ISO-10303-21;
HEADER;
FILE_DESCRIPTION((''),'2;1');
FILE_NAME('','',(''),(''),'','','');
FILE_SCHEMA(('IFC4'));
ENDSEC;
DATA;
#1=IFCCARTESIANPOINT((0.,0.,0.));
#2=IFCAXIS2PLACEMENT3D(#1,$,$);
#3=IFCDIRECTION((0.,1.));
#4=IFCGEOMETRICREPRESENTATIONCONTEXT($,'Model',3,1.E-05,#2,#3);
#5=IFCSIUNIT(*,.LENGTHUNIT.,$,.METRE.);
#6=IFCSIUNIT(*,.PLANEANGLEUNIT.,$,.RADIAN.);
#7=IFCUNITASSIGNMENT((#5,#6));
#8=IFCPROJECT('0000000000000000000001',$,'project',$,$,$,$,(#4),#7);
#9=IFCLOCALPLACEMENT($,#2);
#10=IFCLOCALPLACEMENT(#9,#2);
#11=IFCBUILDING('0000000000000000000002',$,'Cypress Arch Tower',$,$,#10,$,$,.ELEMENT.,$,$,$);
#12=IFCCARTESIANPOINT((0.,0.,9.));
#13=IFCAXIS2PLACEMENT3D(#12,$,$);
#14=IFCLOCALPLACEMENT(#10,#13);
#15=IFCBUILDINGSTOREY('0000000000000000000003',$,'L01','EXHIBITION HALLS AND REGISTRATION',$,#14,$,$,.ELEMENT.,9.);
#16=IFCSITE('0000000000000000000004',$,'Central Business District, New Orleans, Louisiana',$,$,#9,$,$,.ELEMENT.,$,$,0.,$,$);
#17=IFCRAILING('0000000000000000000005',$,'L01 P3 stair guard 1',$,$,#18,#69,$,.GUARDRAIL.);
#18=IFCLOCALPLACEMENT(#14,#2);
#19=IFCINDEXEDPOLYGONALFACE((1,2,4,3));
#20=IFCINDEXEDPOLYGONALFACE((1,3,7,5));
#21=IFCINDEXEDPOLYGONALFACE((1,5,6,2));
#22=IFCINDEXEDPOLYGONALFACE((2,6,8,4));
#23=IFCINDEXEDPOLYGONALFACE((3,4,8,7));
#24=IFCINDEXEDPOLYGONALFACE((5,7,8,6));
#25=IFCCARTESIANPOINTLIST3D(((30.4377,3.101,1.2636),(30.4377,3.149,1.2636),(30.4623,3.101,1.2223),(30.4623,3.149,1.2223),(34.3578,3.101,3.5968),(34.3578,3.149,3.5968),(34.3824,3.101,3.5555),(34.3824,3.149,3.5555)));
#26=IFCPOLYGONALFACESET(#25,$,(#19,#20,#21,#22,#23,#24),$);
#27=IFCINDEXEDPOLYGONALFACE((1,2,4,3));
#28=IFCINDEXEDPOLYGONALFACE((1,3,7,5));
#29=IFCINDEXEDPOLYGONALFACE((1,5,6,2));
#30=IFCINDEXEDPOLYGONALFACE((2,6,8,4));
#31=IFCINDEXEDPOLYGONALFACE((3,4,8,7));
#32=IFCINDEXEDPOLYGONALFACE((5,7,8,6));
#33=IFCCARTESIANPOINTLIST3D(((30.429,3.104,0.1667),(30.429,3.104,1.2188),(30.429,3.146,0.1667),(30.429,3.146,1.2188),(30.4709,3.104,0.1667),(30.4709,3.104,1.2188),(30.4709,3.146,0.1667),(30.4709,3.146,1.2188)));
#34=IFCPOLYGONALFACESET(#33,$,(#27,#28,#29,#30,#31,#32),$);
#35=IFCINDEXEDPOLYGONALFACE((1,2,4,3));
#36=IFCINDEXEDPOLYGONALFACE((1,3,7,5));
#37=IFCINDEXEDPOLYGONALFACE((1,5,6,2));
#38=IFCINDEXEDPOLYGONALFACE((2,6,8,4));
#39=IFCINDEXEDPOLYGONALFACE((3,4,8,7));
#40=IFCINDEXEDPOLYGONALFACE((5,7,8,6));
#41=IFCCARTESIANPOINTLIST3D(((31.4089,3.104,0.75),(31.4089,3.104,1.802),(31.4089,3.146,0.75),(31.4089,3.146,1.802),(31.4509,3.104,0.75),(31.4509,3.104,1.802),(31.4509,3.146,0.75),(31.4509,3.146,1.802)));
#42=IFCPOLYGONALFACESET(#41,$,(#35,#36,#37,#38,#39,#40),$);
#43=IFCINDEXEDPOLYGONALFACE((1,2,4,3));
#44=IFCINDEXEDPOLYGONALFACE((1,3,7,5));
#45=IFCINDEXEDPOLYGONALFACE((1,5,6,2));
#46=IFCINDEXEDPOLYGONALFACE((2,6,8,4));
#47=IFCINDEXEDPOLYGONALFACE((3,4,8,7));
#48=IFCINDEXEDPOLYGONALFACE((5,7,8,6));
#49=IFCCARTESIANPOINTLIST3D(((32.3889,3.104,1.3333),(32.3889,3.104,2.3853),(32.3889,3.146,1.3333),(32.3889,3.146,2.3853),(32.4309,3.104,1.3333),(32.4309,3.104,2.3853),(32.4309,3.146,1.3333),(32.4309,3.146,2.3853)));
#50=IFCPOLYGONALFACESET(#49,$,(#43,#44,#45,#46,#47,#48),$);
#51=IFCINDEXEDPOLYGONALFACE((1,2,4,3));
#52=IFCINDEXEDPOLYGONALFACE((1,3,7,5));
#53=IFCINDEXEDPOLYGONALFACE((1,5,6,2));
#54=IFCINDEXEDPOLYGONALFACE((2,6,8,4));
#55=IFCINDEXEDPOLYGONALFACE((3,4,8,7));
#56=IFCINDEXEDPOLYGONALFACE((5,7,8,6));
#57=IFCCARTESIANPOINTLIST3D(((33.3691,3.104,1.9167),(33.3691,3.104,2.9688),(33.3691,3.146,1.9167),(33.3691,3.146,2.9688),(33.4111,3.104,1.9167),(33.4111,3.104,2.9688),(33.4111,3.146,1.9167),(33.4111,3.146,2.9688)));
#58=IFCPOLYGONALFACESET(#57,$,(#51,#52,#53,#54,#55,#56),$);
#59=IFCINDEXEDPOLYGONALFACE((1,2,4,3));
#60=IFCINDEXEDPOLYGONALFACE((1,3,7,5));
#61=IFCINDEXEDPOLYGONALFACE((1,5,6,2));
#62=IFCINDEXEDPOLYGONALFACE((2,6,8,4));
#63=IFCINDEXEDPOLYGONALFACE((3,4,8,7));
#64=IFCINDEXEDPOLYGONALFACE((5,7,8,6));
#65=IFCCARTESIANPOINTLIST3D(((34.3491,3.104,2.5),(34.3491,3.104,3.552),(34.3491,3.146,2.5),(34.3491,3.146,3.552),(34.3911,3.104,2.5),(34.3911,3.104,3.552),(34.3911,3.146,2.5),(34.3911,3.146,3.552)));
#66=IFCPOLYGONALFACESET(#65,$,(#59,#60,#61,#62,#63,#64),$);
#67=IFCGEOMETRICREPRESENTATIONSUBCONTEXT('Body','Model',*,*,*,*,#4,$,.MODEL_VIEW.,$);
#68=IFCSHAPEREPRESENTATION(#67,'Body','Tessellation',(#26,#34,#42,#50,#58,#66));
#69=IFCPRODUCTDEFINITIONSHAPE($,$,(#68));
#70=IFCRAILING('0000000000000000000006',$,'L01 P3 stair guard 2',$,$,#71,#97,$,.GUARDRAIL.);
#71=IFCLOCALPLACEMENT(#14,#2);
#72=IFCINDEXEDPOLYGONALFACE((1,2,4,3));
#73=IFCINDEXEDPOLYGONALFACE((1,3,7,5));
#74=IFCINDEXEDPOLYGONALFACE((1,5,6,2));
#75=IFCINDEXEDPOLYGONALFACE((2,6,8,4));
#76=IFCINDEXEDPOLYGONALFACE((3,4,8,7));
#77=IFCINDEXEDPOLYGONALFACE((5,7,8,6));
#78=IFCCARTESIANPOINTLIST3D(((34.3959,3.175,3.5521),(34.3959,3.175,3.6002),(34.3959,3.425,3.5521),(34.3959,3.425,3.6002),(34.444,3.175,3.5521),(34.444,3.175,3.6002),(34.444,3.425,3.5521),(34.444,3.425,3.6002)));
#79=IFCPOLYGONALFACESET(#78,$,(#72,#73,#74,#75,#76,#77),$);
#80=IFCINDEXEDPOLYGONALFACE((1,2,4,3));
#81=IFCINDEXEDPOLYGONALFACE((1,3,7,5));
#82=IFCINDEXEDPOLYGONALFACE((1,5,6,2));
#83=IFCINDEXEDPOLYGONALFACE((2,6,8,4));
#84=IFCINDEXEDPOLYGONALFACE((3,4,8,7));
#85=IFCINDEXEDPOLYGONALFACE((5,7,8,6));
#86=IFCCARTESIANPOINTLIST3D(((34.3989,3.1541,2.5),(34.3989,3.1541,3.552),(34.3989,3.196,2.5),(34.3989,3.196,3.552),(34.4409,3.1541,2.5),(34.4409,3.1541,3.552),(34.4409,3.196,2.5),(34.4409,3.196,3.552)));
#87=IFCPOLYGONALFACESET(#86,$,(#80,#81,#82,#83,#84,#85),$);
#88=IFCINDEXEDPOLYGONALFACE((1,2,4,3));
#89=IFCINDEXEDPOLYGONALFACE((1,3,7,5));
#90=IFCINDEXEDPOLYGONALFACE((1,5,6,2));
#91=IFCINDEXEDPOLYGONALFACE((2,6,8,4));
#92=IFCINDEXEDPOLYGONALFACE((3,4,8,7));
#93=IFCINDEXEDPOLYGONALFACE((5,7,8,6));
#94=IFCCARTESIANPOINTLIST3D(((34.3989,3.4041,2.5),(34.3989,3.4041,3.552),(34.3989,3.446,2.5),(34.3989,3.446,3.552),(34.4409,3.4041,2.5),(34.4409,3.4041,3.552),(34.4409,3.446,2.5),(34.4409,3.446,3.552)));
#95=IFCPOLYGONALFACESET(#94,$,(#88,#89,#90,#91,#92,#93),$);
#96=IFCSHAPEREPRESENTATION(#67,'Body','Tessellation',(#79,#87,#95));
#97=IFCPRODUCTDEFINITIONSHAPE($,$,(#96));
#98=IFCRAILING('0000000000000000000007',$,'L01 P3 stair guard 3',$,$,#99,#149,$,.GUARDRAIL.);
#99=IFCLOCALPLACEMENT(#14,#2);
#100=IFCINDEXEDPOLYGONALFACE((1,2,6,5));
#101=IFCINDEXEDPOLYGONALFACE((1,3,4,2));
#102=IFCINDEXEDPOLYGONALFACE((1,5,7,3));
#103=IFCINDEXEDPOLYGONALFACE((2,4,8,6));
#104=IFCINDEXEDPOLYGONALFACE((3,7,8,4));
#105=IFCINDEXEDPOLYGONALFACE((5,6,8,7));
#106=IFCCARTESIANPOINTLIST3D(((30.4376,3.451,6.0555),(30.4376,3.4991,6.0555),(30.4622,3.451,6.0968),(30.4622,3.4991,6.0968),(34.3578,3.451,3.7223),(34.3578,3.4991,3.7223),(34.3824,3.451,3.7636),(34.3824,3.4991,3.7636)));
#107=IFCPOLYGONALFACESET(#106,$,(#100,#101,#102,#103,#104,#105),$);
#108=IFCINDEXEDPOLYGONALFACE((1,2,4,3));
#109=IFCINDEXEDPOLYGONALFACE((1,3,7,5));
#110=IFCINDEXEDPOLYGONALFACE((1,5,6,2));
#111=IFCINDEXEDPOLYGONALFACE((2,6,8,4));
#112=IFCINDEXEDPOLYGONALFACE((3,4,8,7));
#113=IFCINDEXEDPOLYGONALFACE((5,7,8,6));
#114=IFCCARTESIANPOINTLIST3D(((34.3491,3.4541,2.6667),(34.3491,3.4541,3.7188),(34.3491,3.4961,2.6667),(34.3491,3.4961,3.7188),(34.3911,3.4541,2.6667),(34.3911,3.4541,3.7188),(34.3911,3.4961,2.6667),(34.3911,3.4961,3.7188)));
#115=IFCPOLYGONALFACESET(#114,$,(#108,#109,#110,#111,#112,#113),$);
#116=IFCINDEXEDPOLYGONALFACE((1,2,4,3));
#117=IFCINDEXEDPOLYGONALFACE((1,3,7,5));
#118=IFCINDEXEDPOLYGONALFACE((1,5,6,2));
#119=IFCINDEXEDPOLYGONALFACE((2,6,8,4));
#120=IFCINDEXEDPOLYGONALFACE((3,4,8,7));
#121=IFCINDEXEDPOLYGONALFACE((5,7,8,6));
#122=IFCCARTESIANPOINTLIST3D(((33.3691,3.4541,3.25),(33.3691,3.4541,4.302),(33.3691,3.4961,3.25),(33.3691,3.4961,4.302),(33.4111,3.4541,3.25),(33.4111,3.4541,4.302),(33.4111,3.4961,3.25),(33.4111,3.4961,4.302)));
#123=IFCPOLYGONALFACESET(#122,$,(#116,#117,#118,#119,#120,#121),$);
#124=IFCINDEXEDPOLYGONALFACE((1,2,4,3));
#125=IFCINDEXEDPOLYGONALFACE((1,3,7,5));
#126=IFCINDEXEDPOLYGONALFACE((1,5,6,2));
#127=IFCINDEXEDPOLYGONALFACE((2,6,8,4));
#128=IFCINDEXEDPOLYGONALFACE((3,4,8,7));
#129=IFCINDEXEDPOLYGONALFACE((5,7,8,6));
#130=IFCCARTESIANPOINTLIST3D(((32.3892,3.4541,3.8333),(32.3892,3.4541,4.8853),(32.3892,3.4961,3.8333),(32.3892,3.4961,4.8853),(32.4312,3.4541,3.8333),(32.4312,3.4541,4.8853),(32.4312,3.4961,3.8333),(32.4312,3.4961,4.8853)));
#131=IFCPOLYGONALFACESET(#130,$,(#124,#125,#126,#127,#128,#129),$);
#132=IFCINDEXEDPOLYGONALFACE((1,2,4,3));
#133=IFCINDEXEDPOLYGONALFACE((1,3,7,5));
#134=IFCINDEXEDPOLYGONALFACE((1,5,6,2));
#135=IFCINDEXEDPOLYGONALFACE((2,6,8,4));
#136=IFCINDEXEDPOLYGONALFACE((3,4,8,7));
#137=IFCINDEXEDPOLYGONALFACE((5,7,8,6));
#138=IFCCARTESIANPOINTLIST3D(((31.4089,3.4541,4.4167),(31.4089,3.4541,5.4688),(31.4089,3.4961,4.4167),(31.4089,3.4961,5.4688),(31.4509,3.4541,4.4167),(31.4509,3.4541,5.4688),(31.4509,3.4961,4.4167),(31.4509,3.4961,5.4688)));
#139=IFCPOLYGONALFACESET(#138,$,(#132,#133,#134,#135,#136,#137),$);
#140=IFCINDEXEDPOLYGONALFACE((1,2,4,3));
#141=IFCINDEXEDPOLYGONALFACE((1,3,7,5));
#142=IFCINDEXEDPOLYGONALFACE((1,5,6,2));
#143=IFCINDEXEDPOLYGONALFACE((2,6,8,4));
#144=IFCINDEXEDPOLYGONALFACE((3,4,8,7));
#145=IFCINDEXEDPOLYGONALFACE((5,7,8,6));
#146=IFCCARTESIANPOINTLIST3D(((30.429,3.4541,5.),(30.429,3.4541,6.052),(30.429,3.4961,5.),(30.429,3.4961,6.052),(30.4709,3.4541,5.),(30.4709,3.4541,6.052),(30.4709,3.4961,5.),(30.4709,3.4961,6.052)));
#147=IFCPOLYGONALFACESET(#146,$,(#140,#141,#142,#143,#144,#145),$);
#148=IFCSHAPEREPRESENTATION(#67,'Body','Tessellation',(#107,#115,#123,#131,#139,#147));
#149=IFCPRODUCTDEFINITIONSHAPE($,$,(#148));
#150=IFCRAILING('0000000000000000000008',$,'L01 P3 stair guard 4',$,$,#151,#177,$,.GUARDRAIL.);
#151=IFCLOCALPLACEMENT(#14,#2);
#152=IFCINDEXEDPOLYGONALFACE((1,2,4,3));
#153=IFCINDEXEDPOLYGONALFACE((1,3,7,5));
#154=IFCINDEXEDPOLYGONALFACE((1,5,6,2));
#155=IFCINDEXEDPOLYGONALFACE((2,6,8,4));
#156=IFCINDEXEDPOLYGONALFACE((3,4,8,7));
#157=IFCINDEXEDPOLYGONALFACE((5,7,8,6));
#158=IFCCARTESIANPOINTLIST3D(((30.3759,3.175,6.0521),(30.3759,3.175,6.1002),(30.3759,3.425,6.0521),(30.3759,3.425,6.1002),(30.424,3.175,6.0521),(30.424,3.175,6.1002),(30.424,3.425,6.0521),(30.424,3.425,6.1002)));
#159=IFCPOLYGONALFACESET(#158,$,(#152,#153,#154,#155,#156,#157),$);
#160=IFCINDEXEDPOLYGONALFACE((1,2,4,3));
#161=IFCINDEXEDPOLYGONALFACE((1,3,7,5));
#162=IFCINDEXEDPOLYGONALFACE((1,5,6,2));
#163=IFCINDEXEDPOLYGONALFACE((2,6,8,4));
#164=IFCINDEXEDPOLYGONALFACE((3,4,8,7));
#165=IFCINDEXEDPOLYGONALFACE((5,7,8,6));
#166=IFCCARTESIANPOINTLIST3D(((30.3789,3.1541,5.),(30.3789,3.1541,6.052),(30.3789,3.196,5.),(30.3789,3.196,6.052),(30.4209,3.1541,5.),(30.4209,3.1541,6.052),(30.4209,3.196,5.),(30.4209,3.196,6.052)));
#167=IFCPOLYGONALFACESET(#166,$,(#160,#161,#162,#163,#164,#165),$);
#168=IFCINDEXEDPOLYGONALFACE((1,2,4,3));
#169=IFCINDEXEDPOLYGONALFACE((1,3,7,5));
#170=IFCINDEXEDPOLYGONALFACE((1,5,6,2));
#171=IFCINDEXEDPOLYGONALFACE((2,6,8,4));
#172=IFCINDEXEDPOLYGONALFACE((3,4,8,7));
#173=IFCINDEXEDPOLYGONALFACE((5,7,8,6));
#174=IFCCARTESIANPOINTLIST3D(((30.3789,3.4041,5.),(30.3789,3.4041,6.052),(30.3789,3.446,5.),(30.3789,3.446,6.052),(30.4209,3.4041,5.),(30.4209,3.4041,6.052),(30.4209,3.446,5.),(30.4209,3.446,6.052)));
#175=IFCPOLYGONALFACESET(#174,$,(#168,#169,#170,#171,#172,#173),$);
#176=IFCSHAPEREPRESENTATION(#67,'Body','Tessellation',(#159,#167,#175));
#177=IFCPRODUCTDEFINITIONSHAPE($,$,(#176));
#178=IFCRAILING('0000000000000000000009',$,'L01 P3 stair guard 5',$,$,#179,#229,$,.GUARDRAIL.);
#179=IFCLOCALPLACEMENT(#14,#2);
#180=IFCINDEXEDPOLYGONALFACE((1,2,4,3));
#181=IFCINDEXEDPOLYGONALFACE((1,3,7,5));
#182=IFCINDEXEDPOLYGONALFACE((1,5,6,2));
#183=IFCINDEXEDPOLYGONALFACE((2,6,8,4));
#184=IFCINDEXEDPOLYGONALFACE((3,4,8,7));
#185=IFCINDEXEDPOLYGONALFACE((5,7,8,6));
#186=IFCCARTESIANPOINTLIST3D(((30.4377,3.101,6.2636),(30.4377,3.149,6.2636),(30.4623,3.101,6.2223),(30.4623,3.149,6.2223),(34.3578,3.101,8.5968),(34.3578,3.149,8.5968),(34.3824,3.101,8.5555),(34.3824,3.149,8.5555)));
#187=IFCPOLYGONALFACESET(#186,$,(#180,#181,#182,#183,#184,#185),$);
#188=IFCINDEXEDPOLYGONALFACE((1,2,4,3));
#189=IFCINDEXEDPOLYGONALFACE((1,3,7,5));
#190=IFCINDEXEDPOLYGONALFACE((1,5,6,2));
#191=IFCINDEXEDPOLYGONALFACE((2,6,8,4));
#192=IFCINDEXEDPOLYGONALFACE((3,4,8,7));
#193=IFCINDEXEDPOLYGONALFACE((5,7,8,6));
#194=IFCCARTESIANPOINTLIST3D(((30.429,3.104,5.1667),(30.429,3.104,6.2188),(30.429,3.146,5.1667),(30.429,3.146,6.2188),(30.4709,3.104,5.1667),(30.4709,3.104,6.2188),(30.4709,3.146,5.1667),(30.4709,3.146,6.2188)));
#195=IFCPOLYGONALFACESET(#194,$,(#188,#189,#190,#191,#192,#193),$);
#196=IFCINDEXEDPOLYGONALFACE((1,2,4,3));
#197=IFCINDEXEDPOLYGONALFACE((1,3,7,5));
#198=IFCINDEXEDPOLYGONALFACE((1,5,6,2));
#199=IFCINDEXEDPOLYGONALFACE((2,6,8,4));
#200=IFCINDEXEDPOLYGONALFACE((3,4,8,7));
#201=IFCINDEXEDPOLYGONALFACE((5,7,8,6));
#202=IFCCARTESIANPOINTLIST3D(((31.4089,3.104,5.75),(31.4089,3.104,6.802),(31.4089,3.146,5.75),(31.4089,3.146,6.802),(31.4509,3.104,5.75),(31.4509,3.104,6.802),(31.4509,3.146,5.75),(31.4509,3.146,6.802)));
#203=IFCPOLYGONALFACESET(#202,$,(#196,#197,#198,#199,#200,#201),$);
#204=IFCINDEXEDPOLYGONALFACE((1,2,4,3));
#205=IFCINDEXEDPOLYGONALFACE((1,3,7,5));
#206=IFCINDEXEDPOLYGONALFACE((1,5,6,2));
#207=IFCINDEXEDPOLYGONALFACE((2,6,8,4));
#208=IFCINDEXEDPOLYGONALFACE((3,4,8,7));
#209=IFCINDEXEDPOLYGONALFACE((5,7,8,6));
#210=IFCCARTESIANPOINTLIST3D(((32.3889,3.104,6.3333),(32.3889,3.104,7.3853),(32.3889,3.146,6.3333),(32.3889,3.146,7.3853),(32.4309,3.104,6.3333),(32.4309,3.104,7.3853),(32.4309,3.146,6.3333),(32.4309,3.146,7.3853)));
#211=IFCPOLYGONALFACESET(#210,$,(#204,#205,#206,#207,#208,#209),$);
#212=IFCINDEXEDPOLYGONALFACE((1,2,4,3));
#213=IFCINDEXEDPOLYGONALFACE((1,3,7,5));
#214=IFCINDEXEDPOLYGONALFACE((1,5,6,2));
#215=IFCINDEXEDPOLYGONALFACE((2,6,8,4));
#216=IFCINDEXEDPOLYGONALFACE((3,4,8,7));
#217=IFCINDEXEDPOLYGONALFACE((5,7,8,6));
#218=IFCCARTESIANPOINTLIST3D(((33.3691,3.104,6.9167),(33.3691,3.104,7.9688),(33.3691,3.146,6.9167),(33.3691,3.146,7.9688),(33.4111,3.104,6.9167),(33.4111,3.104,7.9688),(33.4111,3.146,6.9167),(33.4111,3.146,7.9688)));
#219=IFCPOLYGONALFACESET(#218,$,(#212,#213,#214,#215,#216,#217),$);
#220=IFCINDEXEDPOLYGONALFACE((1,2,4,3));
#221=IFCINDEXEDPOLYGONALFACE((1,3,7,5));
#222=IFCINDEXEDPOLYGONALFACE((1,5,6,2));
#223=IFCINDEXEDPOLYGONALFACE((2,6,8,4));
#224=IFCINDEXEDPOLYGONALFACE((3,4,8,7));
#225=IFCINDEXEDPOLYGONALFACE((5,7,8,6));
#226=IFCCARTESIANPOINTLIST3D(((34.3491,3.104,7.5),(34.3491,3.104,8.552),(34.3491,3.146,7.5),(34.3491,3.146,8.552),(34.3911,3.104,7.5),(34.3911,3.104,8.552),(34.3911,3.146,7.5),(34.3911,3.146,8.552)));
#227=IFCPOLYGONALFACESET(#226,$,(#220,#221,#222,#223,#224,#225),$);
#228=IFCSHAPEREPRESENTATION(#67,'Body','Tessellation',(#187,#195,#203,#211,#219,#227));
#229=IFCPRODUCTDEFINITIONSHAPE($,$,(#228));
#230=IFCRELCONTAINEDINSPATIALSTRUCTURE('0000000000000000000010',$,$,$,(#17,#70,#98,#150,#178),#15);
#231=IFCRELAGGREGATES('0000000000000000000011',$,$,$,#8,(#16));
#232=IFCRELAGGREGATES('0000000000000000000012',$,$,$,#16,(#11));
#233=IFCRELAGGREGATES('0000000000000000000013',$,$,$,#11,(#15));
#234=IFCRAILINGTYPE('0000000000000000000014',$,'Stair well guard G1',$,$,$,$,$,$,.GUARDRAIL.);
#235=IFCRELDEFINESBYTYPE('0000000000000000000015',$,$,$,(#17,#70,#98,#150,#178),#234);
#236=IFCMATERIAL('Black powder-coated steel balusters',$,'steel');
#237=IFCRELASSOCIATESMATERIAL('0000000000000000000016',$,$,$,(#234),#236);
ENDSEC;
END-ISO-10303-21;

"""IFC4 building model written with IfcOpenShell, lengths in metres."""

from ifc_helpers import new_model, si_unit, direction, frame, origin, origin_2d, place, context, subcontext, project, spatial, rectangle, extrude, material, type_object, element, save


model = new_model("IFC4")

# Units and contexts
model_context = context("Model", 3, precision=1e-05, world=origin(), true_north=direction((0.0, 1.0)))
body_context = subcontext(model_context, "Body", "Model", "MODEL_VIEW")
ifc_project = project(units=[si_unit("LENGTHUNIT", "METRE"), si_unit("PLANEANGLEUNIT", "RADIAN")], contexts=[model_context])

# Site, building, storey
site_placement = place(None, origin())
site = spatial("IfcSite", under=ifc_project, at=site_placement, Name="Central Business District, New Orleans, Louisiana", CompositionType="ELEMENT", RefElevation=0.0)
building_placement = place(site_placement, origin())
building = spatial("IfcBuilding", under=site, at=building_placement, Name="Cypress Arch Tower", CompositionType="ELEMENT")
storey_placement = place(building_placement, frame((0.0, 0.0, 9.0)))
storey = spatial("IfcBuildingStorey", under=building, at=storey_placement, Name="L01", Description="EXHIBITION HALLS AND REGISTRATION", CompositionType="ELEMENT", Elevation=9.0)

# Railings
ifc_material_1 = material(Name="Black powder-coated steel balusters", Category="steel")
railing_type_1 = type_object("IfcRailingType", Name="Stair well guard G1", PredefinedType="GUARDRAIL", material=ifc_material_1)
railing_1_placement = place(storey_placement, frame((30.45, 3.125, 0.1667)))
element("IfcRailing", 1, at=railing_1_placement, inside=storey, type_object=railing_type_1, Name="L01 P3 stair guard 1", PredefinedType="GUARDRAIL", context=body_context, shape_type="SweptSolid", body=[
    extrude(rectangle(XDim=0.0481, YDim=0.0481, at=origin_2d()), frame((0.0, 0.0, 1.0762), z_axis=(0.85931, 0.0, 0.511455), x_axis=(0.0, 1.0, 0.0)), (0.0, 0.0, 1.0), 4.562),
    extrude(rectangle(XDim=0.042, YDim=0.042, at=origin_2d()), origin(), (0.0, 0.0, 1.0), 1.052),
    extrude(rectangle(XDim=0.042, YDim=0.042, at=origin_2d()), frame((0.98, 0.0, 0.5833)), (0.0, 0.0, 1.0), 1.052),
    extrude(rectangle(XDim=0.042, YDim=0.042, at=origin_2d()), frame((1.96, 0.0, 1.1665)), (0.0, 0.0, 1.0), 1.052),
    extrude(rectangle(XDim=0.042, YDim=0.042, at=origin_2d()), frame((2.9402, 0.0, 1.75)), (0.0, 0.0, 1.0), 1.052),
    extrude(rectangle(XDim=0.042, YDim=0.042, at=origin_2d()), frame((3.9202, 0.0, 2.3333)), (0.0, 0.0, 1.0), 1.052),
])
railing_2_placement = place(storey_placement, frame((34.4199, 3.175, 2.5)))
element("IfcRailing", 2, at=railing_2_placement, inside=storey, type_object=railing_type_1, Name="L01 P3 stair guard 2", PredefinedType="GUARDRAIL", context=body_context, shape_type="SweptSolid", body=[
    extrude(rectangle(XDim=0.0481, YDim=0.0481, at=origin_2d()), frame((0.0, 0.0, 1.0762), z_axis=(0.0, 1.0, 0.0), x_axis=(-1.0, 0.0, 0.0)), (0.0, 0.0, 1.0), 0.25),
    extrude(rectangle(XDim=0.042, YDim=0.042, at=origin_2d()), origin(), (0.0, 0.0, 1.0), 1.052),
    extrude(rectangle(XDim=0.042, YDim=0.042, at=origin_2d()), frame((0.0, 0.25, 0.0)), (0.0, 0.0, 1.0), 1.052),
])
railing_3_placement = place(storey_placement, frame((34.3701, 3.4751, 2.6667)))
element("IfcRailing", 3, at=railing_3_placement, inside=storey, type_object=railing_type_1, Name="L01 P3 stair guard 3", PredefinedType="GUARDRAIL", context=body_context, shape_type="SweptSolid", body=[
    extrude(rectangle(XDim=0.0481, YDim=0.0481, at=origin_2d()), frame((0.0, 0.0, 1.0762), z_axis=(-0.85931, 0.0, 0.511455), x_axis=(0.0, -1.0, 0.0)), (0.0, 0.0, 1.0), 4.562),
    extrude(rectangle(XDim=0.042, YDim=0.042, at=origin_2d()), origin(), (0.0, 0.0, 1.0), 1.052),
    extrude(rectangle(XDim=0.042, YDim=0.042, at=origin_2d()), frame((-0.98, 0.0, 0.5833)), (0.0, 0.0, 1.0), 1.052),
    extrude(rectangle(XDim=0.042, YDim=0.042, at=origin_2d()), frame((-1.96, 0.0, 1.1665)), (0.0, 0.0, 1.0), 1.052),
    extrude(rectangle(XDim=0.042, YDim=0.042, at=origin_2d()), frame((-2.9402, 0.0, 1.75)), (0.0, 0.0, 1.0), 1.052),
    extrude(rectangle(XDim=0.042, YDim=0.042, at=origin_2d()), frame((-3.9202, 0.0, 2.3333)), (0.0, 0.0, 1.0), 1.052),
])
railing_4_placement = place(storey_placement, frame((30.3999, 3.175, 5.0)))
element("IfcRailing", 4, at=railing_4_placement, inside=storey, type_object=railing_type_1, Name="L01 P3 stair guard 4", PredefinedType="GUARDRAIL", context=body_context, shape_type="SweptSolid", body=[
    extrude(rectangle(XDim=0.0481, YDim=0.0481, at=origin_2d()), frame((0.0, 0.0, 1.0762), z_axis=(0.0, 1.0, 0.0), x_axis=(-1.0, 0.0, 0.0)), (0.0, 0.0, 1.0), 0.25),
    extrude(rectangle(XDim=0.042, YDim=0.042, at=origin_2d()), origin(), (0.0, 0.0, 1.0), 1.052),
    extrude(rectangle(XDim=0.042, YDim=0.042, at=origin_2d()), frame((0.0, 0.25, 0.0)), (0.0, 0.0, 1.0), 1.052),
])
railing_5_placement = place(storey_placement, frame((30.45, 3.125, 5.1667)))
element("IfcRailing", 5, at=railing_5_placement, inside=storey, type_object=railing_type_1, Name="L01 P3 stair guard 5", PredefinedType="GUARDRAIL", context=body_context, shape_type="SweptSolid", body=[
    extrude(rectangle(XDim=0.0481, YDim=0.0481, at=origin_2d()), frame((0.0, 0.0, 1.0762), z_axis=(0.85931, 0.0, 0.511455), x_axis=(0.0, 1.0, 0.0)), (0.0, 0.0, 1.0), 4.562),
    extrude(rectangle(XDim=0.042, YDim=0.042, at=origin_2d()), origin(), (0.0, 0.0, 1.0), 1.052),
    extrude(rectangle(XDim=0.042, YDim=0.042, at=origin_2d()), frame((0.98, 0.0, 0.5833)), (0.0, 0.0, 1.0), 1.052),
    extrude(rectangle(XDim=0.042, YDim=0.042, at=origin_2d()), frame((1.96, 0.0, 1.1665)), (0.0, 0.0, 1.0), 1.052),
    extrude(rectangle(XDim=0.042, YDim=0.042, at=origin_2d()), frame((2.9402, 0.0, 1.75)), (0.0, 0.0, 1.0), 1.052),
    extrude(rectangle(XDim=0.042, YDim=0.042, at=origin_2d()), frame((3.9202, 0.0, 2.3333)), (0.0, 0.0, 1.0), 1.052),
])

save(model, "model.ifc")
